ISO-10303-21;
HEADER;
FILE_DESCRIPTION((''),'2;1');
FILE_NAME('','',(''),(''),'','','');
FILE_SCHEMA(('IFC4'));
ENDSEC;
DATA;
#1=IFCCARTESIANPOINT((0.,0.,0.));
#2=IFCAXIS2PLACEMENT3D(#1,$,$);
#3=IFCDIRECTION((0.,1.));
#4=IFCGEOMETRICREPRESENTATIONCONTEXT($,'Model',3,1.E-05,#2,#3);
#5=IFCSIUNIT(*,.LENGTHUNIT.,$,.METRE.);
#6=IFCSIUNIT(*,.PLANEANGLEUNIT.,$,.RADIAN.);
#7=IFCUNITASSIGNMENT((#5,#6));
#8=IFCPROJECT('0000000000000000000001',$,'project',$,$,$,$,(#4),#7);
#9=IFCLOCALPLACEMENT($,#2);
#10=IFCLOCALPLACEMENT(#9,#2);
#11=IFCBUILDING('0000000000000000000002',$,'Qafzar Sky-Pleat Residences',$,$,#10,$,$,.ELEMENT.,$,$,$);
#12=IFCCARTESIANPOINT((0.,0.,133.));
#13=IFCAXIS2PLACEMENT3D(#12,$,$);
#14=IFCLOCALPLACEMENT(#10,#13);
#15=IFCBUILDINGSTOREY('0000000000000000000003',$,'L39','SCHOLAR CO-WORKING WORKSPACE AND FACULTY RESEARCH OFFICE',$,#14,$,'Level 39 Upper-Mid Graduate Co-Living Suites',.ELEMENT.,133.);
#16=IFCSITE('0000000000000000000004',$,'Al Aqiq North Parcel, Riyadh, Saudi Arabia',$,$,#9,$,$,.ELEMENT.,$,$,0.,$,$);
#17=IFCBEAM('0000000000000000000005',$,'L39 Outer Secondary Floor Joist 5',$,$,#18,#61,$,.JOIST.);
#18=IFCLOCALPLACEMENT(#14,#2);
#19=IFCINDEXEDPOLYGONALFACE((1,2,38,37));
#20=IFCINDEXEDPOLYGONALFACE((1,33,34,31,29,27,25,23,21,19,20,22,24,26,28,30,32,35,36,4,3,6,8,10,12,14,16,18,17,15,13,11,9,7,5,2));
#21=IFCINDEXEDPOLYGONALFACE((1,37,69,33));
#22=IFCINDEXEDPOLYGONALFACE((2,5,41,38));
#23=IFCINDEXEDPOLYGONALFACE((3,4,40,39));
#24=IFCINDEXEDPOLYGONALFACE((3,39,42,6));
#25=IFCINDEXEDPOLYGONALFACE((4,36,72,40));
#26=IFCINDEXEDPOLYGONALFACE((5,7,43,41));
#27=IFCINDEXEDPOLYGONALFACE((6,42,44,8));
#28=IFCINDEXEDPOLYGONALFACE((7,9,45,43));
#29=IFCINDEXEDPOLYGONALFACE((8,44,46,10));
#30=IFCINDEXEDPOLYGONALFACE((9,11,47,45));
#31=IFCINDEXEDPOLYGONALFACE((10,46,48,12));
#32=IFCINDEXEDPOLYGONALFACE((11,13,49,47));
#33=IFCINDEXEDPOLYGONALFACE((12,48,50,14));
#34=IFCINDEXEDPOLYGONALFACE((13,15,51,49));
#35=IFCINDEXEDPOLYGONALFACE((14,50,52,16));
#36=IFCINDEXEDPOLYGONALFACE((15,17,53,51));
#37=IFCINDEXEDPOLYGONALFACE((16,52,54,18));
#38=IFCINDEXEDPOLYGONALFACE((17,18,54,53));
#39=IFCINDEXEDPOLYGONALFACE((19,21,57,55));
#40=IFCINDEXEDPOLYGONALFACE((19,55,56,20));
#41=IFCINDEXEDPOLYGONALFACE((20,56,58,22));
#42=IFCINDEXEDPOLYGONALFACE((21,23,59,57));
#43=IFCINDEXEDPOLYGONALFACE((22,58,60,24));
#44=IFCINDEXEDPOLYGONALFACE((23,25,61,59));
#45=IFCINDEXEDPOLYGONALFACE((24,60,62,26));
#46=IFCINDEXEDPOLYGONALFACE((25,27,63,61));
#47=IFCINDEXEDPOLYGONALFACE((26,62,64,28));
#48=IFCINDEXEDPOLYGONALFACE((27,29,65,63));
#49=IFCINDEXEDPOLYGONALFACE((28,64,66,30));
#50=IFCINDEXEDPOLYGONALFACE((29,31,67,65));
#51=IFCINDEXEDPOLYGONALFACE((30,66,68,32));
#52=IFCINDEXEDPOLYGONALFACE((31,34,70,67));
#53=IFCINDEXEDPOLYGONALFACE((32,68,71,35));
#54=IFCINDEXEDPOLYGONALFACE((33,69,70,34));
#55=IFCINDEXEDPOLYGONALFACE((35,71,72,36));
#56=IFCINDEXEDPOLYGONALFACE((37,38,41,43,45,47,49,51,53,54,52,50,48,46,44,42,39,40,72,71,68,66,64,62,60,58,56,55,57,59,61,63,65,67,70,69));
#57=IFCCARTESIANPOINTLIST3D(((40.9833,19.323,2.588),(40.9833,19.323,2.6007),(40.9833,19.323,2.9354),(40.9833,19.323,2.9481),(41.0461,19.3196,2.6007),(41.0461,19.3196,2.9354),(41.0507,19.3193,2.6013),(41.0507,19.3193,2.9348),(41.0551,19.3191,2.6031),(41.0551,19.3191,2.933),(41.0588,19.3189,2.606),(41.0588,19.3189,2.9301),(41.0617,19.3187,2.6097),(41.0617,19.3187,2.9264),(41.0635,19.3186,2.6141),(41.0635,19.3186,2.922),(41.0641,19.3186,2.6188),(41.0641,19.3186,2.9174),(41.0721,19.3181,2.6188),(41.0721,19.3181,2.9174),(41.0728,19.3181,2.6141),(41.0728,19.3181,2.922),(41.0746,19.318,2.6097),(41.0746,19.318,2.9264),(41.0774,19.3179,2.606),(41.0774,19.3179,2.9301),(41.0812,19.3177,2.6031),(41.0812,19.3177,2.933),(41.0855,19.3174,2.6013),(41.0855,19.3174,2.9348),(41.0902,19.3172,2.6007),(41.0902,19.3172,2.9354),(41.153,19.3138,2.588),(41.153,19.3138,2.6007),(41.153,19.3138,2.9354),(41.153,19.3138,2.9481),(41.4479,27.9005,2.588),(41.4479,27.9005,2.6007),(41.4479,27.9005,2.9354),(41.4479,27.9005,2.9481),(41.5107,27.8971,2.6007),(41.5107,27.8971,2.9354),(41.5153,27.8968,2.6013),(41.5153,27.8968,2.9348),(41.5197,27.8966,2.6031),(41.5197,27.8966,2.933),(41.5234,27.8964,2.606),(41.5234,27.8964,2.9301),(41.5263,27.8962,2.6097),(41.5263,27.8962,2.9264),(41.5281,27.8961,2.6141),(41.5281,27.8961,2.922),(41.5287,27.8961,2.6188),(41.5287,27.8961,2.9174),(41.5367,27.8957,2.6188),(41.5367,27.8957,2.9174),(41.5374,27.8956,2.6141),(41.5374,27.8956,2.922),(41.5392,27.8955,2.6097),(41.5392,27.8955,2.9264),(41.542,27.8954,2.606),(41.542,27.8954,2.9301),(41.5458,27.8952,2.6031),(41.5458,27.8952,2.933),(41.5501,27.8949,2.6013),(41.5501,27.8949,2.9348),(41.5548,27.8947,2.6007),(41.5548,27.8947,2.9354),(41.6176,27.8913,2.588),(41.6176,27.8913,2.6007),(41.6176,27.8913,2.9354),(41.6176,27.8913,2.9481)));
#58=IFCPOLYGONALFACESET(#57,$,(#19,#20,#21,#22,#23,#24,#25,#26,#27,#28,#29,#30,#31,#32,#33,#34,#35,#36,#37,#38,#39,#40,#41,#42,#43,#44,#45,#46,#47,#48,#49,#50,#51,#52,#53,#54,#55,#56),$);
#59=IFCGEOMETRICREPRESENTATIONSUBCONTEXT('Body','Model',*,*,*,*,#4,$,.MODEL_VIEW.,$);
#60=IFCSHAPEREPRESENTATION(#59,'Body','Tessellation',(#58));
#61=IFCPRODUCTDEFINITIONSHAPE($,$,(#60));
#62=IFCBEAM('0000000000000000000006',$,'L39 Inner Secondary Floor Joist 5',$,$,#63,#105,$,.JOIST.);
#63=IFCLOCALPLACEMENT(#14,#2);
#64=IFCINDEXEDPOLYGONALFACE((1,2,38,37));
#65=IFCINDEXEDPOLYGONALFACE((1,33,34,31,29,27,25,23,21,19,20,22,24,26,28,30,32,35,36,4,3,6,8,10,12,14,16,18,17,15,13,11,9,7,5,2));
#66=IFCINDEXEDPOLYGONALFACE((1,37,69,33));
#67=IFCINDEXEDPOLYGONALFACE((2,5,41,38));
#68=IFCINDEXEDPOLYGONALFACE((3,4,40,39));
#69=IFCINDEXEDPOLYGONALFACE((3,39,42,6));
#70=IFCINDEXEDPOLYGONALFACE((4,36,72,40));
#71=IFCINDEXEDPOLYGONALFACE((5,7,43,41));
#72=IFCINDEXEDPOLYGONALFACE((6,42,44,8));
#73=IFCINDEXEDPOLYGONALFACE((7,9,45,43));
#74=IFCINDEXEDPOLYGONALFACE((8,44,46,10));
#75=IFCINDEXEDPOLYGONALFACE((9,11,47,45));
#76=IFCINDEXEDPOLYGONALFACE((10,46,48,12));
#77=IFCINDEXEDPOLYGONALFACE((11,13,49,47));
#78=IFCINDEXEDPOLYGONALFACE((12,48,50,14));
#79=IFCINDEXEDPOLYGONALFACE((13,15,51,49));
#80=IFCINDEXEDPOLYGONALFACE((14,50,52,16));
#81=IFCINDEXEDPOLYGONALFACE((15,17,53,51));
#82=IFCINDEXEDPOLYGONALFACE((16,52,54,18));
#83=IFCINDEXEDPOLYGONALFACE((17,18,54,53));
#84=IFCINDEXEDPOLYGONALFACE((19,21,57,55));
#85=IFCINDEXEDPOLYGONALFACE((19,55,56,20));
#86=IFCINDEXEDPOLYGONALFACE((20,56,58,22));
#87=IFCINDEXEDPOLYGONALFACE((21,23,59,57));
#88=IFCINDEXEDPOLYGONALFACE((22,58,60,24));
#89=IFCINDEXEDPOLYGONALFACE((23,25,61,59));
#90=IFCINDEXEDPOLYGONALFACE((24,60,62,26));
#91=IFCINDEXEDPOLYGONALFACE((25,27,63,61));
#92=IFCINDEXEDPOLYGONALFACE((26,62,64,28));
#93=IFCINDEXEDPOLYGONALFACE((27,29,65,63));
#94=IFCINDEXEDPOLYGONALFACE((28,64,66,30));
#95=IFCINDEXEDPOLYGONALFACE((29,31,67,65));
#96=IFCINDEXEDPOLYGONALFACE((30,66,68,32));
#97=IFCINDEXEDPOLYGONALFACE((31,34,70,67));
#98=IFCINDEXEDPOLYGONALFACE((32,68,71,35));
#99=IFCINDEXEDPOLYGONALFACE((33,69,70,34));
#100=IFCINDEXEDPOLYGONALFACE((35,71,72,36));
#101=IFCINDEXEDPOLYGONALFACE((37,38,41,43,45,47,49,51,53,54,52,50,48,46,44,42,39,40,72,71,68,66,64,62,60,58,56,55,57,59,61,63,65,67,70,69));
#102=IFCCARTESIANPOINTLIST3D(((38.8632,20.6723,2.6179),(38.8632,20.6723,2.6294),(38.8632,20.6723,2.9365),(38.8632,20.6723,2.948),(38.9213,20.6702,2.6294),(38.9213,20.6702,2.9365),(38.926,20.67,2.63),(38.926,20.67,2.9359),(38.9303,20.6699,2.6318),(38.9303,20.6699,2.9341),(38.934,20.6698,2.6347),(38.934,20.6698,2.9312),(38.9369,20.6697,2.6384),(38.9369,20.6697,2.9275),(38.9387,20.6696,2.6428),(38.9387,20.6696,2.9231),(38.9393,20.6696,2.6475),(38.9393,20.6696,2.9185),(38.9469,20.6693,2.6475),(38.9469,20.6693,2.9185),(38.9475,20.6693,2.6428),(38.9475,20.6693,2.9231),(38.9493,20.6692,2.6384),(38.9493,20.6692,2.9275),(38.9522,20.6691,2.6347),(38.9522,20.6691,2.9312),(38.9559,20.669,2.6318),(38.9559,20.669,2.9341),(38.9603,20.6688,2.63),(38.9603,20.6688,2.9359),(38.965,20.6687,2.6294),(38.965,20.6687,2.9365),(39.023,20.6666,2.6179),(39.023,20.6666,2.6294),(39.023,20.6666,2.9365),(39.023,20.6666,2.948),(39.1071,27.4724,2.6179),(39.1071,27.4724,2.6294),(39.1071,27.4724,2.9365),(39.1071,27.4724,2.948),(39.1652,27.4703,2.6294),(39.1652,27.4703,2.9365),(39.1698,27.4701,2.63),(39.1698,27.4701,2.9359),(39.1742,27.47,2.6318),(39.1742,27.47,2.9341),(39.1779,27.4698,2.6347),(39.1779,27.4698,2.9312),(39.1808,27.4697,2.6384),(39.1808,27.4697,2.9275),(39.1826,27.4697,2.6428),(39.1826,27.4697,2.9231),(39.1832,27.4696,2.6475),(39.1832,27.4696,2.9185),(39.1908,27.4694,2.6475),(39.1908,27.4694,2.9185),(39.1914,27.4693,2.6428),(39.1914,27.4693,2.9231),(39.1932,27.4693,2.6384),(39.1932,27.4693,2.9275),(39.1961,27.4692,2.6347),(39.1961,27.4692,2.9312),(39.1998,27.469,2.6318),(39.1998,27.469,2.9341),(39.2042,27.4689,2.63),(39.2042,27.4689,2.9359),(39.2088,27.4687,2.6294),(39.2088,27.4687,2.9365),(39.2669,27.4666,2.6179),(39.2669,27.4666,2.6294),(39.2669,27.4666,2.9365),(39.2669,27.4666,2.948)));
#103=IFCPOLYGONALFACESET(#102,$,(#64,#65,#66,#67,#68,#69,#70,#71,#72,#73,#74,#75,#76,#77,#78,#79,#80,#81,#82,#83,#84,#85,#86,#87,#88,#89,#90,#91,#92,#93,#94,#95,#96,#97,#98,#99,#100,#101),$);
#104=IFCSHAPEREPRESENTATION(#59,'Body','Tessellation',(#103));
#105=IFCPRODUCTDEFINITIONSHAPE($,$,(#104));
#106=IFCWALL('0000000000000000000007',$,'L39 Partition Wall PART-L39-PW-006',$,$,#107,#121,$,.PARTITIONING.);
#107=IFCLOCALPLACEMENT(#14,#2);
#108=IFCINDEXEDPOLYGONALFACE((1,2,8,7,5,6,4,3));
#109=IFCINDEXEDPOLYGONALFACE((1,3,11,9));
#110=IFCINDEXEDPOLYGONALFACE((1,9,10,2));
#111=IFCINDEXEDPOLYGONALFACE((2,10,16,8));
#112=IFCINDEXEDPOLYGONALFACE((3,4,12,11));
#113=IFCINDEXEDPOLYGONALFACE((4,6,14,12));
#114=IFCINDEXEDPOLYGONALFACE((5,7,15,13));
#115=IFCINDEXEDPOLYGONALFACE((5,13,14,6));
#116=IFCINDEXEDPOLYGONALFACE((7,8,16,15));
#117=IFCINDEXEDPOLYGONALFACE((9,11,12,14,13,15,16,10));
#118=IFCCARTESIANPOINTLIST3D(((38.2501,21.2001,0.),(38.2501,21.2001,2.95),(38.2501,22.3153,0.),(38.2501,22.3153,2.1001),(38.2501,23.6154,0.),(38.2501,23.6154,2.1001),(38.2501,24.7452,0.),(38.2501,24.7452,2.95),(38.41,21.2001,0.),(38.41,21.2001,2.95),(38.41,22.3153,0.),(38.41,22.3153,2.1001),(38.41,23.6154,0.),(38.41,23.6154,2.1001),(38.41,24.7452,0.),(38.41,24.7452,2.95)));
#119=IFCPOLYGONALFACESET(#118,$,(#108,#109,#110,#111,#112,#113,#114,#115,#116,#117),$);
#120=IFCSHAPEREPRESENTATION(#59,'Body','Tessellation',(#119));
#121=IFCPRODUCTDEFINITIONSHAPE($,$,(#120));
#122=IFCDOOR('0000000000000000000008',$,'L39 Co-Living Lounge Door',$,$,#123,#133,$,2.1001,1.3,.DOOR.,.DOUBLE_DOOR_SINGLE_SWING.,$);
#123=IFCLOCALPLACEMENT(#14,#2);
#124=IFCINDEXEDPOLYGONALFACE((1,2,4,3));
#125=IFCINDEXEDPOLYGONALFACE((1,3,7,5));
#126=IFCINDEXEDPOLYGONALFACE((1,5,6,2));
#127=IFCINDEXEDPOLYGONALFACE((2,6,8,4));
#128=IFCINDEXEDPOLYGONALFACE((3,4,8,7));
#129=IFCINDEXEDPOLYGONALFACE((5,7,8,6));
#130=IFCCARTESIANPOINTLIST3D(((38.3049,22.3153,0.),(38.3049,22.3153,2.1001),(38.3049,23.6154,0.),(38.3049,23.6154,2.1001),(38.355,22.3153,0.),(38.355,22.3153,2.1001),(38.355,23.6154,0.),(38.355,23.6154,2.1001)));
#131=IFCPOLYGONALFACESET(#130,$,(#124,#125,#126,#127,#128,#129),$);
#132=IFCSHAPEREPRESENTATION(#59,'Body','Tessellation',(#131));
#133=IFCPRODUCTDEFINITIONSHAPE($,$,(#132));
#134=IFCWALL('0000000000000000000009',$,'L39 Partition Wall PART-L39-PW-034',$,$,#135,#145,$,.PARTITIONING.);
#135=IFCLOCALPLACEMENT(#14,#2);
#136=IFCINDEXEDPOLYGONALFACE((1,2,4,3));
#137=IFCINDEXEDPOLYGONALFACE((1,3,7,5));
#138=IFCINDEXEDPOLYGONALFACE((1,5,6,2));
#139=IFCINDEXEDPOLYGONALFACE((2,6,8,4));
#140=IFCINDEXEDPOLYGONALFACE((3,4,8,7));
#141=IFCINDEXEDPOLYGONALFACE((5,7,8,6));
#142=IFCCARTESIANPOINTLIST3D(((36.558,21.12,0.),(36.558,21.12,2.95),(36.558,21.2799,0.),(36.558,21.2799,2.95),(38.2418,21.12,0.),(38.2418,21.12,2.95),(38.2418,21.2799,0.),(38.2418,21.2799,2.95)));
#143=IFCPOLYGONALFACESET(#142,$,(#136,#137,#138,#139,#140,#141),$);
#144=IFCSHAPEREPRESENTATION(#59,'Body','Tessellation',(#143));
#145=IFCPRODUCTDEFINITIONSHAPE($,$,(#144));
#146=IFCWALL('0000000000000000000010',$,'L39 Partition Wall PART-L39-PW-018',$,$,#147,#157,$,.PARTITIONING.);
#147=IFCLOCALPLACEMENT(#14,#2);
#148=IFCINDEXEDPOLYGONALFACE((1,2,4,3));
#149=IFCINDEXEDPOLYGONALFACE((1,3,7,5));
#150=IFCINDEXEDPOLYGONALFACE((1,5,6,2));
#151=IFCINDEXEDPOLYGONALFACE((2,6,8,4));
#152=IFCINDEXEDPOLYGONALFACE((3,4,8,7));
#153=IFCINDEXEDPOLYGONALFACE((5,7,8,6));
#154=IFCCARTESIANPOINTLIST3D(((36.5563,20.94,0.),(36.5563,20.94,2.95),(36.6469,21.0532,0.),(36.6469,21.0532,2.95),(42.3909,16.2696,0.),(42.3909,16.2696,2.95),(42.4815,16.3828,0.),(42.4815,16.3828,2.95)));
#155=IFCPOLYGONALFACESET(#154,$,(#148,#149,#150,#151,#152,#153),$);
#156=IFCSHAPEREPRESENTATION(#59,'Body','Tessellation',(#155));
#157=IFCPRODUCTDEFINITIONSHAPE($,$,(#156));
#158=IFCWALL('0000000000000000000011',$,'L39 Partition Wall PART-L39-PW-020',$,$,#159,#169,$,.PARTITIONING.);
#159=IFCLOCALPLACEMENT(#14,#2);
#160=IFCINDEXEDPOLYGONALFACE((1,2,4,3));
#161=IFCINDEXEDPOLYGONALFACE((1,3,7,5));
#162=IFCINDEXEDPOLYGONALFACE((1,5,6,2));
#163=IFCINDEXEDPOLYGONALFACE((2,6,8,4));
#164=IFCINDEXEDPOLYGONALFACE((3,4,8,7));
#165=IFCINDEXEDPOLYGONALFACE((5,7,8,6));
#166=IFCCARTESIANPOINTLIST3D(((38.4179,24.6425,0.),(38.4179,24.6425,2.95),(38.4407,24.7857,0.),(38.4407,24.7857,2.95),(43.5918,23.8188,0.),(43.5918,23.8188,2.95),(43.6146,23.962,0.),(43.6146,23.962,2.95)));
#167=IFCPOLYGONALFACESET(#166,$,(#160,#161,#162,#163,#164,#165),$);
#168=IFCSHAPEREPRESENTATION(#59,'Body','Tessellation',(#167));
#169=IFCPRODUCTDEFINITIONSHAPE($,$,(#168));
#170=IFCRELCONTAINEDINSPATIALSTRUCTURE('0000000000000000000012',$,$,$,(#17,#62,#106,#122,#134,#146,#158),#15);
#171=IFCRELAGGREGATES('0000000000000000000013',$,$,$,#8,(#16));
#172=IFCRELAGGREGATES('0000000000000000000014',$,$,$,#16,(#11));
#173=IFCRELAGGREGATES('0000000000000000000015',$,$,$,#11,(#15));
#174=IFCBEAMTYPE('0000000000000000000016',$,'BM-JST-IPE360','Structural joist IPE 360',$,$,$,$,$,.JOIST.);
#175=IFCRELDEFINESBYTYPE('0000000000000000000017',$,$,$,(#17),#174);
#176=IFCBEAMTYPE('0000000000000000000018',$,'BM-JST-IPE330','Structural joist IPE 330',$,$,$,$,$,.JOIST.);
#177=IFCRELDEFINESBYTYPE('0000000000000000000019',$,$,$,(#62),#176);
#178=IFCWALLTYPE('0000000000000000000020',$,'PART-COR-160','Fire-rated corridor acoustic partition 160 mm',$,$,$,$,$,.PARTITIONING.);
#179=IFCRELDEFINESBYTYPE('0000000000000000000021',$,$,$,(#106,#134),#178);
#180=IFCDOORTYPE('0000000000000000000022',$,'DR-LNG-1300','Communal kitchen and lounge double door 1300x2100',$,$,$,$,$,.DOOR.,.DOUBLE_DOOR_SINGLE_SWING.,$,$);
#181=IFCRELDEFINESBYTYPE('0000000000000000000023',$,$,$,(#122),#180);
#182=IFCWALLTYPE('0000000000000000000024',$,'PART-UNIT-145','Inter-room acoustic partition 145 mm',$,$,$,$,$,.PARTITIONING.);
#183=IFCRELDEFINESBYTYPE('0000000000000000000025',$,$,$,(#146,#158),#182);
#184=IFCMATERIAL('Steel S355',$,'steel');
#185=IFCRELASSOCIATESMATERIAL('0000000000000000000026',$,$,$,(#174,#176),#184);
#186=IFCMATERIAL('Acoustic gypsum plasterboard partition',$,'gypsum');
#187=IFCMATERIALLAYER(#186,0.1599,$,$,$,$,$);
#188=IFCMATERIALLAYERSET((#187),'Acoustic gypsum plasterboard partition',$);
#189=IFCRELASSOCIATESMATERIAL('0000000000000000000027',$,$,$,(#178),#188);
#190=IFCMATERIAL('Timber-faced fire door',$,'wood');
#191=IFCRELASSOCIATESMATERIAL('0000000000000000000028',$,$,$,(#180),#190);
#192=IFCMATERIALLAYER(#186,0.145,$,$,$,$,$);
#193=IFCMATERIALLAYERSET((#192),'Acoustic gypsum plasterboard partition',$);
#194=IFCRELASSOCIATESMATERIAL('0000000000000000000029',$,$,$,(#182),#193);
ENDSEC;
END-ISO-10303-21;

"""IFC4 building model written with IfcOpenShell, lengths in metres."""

from ifc_helpers import new_model, si_unit, direction, frame, frame_2d, origin, origin_2d, place, context, subcontext, project, spatial, rectangle, i_section, extrude, source, transform, mapped, material, layer, layer_set, material_profile, profile_set, type_object, element, fill, save


model = new_model("IFC4")

# Units and contexts
model_context = context("Model", 3, precision=1e-05, world=origin(), true_north=direction((0.0, 1.0)))
body_context = subcontext(model_context, "Body", "Model", "MODEL_VIEW")
ifc_project = project(units=[si_unit("LENGTHUNIT", "METRE"), si_unit("PLANEANGLEUNIT", "RADIAN")], contexts=[model_context])

# Site, building, storey
site_placement = place(None, origin())
site = spatial("IfcSite", under=ifc_project, at=site_placement, Name="Al Aqiq North Parcel, Riyadh, Saudi Arabia", CompositionType="ELEMENT", RefElevation=0.0)
building_placement = place(site_placement, origin())
building = spatial("IfcBuilding", under=site, at=building_placement, Name="Qafzar Sky-Pleat Residences", CompositionType="ELEMENT")
storey_placement = place(building_placement, frame((0.0, 0.0, 133.0)))
storey = spatial("IfcBuildingStorey", under=building, at=storey_placement, Name="L39", Description="SCHOLAR CO-WORKING WORKSPACE AND FACULTY RESEARCH OFFICE", LongName="Level 39 Upper-Mid Graduate Co-Living Suites", CompositionType="ELEMENT", Elevation=133.0)

# Shared definitions
ifc_material_1 = material(Name="Steel S355", Category="steel")

# Beams
ifc_material_profile_1 = material_profile(ifc_material_1, i_section(OverallWidth=0.1699, OverallDepth=0.3601, WebThickness=0.0081, FlangeThickness=0.0127, FilletRadius=0.0181, at=origin_2d()), Name="IPE 360")
ifc_profile_set_1 = profile_set([ifc_material_profile_1], Name="Steel S355")
beam_type_1 = type_object("IfcBeamType", Name="BM-JST-IPE360", Description="Structural joist IPE 360", PredefinedType="JOIST", material=ifc_profile_set_1)
shared_shape_1 = source(origin(), body_context, "Body", "SweptSolid", [
    extrude(i_section(OverallWidth=0.1699, OverallDepth=0.3601, WebThickness=0.0081, FlangeThickness=0.0127, FilletRadius=0.0181, at=origin_2d()), origin(), (0.0, 0.0, 1.0), 8.5901),
])
beam_1_placement = place(storey_placement, frame((41.0681, 19.3184, 2.7681), z_axis=(0.054086, 0.998536, 0.0), x_axis=(-0.998536, 0.054086, 0.0)))
element("IfcBeam", 1, at=beam_1_placement, inside=storey, type_object=beam_type_1, Name="L39 Outer Secondary Floor Joist 5", PredefinedType="JOIST", context=body_context, shape_type="MappedRepresentation", body=[
    mapped(shared_shape_1, transform((0.0, 0.0, 0.0), x_axis=(1.0, 0.0, 0.0), y_axis=(0.0, 1.0, 0.0), z_axis=(0.0, 0.0, 1.0), scale=1.0)),
])
ifc_material_profile_2 = material_profile(ifc_material_1, i_section(OverallWidth=0.1599, OverallDepth=0.3301, WebThickness=0.0076, FlangeThickness=0.0115, FilletRadius=0.0181, at=origin_2d()), Name="IPE 330")
ifc_profile_set_2 = profile_set([ifc_material_profile_2], Name="Steel S355")
beam_type_2 = type_object("IfcBeamType", Name="BM-JST-IPE330", Description="Structural joist IPE 330", PredefinedType="JOIST", material=ifc_profile_set_2)
shared_shape_2 = source(origin(), body_context, "Body", "SweptSolid", [
    extrude(i_section(OverallWidth=0.1599, OverallDepth=0.3301, WebThickness=0.0076, FlangeThickness=0.0115, FilletRadius=0.0181, at=origin_2d()), origin(), (0.0, 0.0, 1.0), 6.8044),
])
beam_2_placement = place(storey_placement, frame((38.9431, 20.6694, 2.783), z_axis=(0.035844, 0.999357, 0.0), x_axis=(-0.999357, 0.035844, 0.0)))
element("IfcBeam", 2, at=beam_2_placement, inside=storey, type_object=beam_type_2, Name="L39 Inner Secondary Floor Joist 5", PredefinedType="JOIST", context=body_context, shape_type="MappedRepresentation", body=[
    mapped(shared_shape_2, transform((0.0, 0.0, 0.0), x_axis=(1.0, 0.0, 0.0), y_axis=(0.0, 1.0, 0.0), z_axis=(0.0, 0.0, 1.0), scale=1.0)),
])

# Wall, opening, door
ifc_material_2 = material(Name="Acoustic gypsum plasterboard partition", Category="gypsum")
ifc_layer_1 = layer(ifc_material_2, 0.1599)
ifc_layer_set_1 = layer_set([ifc_layer_1], Name="Acoustic gypsum plasterboard partition")
wall_type_1 = type_object("IfcWallType", Name="PART-COR-160", Description="Fire-rated corridor acoustic partition 160 mm", PredefinedType="PARTITIONING", material=ifc_layer_set_1)
wall_1_placement = place(storey_placement, frame((38.3301, 24.7451, 0.0), z_axis=(0.0, 0.0, 1.0), x_axis=(0.0, -1.0, 0.0)))
wall_1 = element("IfcWall", 3, at=wall_1_placement, inside=storey, type_object=wall_type_1, Name="L39 Partition Wall PART-L39-PW-006", PredefinedType="PARTITIONING", context=body_context, shape_type="SweptSolid", body=[
    extrude(rectangle(XDim=3.5452, YDim=0.1599, at=frame_2d((1.7725, 0.0))), origin(), (0.0, 0.0, 1.0), 2.95),
])
opening_1_placement = place(wall_1_placement, frame((1.1299, 0.0, 0.0)))
opening_1 = element("IfcOpeningElement", 4, at=opening_1_placement, cuts=wall_1, PredefinedType="OPENING", context=body_context, shape_type="SweptSolid", body=[
    extrude(rectangle(XDim=1.3, YDim=2.1001, at=frame_2d((0.6499, 1.05))), frame((0.0, 0.0898, 0.0), z_axis=(0.0, -1.0, 0.0), x_axis=(1.0, 0.0, 0.0)), (0.0, 0.0, 1.0), 0.1799),
])
ifc_material_3 = material(Name="Timber-faced fire door", Category="wood")
door_type_1 = type_object("IfcDoorType", Name="DR-LNG-1300", Description="Communal kitchen and lounge double door 1300x2100", OperationType="DOUBLE_DOOR_SINGLE_SWING", PredefinedType="DOOR", material=ifc_material_3)
shared_shape_3 = source(origin(), body_context, "Body", "SweptSolid", [
    extrude(rectangle(XDim=1.3, YDim=2.1001, at=frame_2d((0.6499, 1.05))), frame((0.0, 0.0249, 0.0), z_axis=(0.0, -1.0, 0.0), x_axis=(1.0, 0.0, 0.0)), (0.0, 0.0, 1.0), 0.05),
])
door_1_placement = place(opening_1_placement, origin())
door_1 = element("IfcDoor", 5, at=door_1_placement, inside=storey, type_object=door_type_1, Name="L39 Co-Living Lounge Door", OperationType="DOUBLE_DOOR_SINGLE_SWING", OverallHeight=2.1001, OverallWidth=1.3, PredefinedType="DOOR", context=body_context, shape_type="MappedRepresentation", body=[
    mapped(shared_shape_3, transform((0.0, 0.0, 0.0), x_axis=(1.0, 0.0, 0.0), y_axis=(0.0, 1.0, 0.0), z_axis=(0.0, 0.0, 1.0), scale=1.0)),
])
fill(opening_1, door_1)

# Wall
wall_2_placement = place(storey_placement, frame((36.5581, 21.2, 0.0), z_axis=(0.0, 0.0, 1.0), x_axis=(1.0, 0.0, 0.0)))
element("IfcWall", 6, at=wall_2_placement, inside=storey, type_object=wall_type_1, Name="L39 Partition Wall PART-L39-PW-034", PredefinedType="PARTITIONING", context=body_context, shape_type="SweptSolid", body=[
    extrude(rectangle(XDim=1.6838, YDim=0.1599, at=frame_2d((0.8418, 0.0))), origin(), (0.0, 0.0, 1.0), 2.95),
])

# Walls
ifc_layer_2 = layer(ifc_material_2, 0.145)
ifc_layer_set_2 = layer_set([ifc_layer_2], Name="Acoustic gypsum plasterboard partition")
wall_type_2 = type_object("IfcWallType", Name="PART-UNIT-145", Description="Inter-room acoustic partition 145 mm", PredefinedType="PARTITIONING", material=ifc_layer_set_2)
wall_3_placement = place(storey_placement, frame((36.6016, 20.9966, 0.0), z_axis=(0.0, 0.0, 1.0), x_axis=(0.780697, -0.62491, 0.0)))
element("IfcWall", 7, at=wall_3_placement, inside=storey, type_object=wall_type_2, Name="L39 Partition Wall PART-L39-PW-018", PredefinedType="PARTITIONING", context=body_context, shape_type="SweptSolid", body=[
    extrude(rectangle(XDim=7.4736, YDim=0.145, at=frame_2d((3.7368, 0.0))), origin(), (0.0, 0.0, 1.0), 2.95),
])
wall_4_placement = place(storey_placement, frame((38.4292, 24.7141, 0.0), z_axis=(0.0, 0.0, 1.0), x_axis=(0.987562, -0.157231, 0.0)))
element("IfcWall", 8, at=wall_4_placement, inside=storey, type_object=wall_type_2, Name="L39 Partition Wall PART-L39-PW-020", PredefinedType="PARTITIONING", context=body_context, shape_type="SweptSolid", body=[
    extrude(rectangle(XDim=5.239, YDim=0.145, at=frame_2d((2.6196, 0.0))), origin(), (0.0, 0.0, 1.0), 2.95),
])

save(model, "model.ifc")
